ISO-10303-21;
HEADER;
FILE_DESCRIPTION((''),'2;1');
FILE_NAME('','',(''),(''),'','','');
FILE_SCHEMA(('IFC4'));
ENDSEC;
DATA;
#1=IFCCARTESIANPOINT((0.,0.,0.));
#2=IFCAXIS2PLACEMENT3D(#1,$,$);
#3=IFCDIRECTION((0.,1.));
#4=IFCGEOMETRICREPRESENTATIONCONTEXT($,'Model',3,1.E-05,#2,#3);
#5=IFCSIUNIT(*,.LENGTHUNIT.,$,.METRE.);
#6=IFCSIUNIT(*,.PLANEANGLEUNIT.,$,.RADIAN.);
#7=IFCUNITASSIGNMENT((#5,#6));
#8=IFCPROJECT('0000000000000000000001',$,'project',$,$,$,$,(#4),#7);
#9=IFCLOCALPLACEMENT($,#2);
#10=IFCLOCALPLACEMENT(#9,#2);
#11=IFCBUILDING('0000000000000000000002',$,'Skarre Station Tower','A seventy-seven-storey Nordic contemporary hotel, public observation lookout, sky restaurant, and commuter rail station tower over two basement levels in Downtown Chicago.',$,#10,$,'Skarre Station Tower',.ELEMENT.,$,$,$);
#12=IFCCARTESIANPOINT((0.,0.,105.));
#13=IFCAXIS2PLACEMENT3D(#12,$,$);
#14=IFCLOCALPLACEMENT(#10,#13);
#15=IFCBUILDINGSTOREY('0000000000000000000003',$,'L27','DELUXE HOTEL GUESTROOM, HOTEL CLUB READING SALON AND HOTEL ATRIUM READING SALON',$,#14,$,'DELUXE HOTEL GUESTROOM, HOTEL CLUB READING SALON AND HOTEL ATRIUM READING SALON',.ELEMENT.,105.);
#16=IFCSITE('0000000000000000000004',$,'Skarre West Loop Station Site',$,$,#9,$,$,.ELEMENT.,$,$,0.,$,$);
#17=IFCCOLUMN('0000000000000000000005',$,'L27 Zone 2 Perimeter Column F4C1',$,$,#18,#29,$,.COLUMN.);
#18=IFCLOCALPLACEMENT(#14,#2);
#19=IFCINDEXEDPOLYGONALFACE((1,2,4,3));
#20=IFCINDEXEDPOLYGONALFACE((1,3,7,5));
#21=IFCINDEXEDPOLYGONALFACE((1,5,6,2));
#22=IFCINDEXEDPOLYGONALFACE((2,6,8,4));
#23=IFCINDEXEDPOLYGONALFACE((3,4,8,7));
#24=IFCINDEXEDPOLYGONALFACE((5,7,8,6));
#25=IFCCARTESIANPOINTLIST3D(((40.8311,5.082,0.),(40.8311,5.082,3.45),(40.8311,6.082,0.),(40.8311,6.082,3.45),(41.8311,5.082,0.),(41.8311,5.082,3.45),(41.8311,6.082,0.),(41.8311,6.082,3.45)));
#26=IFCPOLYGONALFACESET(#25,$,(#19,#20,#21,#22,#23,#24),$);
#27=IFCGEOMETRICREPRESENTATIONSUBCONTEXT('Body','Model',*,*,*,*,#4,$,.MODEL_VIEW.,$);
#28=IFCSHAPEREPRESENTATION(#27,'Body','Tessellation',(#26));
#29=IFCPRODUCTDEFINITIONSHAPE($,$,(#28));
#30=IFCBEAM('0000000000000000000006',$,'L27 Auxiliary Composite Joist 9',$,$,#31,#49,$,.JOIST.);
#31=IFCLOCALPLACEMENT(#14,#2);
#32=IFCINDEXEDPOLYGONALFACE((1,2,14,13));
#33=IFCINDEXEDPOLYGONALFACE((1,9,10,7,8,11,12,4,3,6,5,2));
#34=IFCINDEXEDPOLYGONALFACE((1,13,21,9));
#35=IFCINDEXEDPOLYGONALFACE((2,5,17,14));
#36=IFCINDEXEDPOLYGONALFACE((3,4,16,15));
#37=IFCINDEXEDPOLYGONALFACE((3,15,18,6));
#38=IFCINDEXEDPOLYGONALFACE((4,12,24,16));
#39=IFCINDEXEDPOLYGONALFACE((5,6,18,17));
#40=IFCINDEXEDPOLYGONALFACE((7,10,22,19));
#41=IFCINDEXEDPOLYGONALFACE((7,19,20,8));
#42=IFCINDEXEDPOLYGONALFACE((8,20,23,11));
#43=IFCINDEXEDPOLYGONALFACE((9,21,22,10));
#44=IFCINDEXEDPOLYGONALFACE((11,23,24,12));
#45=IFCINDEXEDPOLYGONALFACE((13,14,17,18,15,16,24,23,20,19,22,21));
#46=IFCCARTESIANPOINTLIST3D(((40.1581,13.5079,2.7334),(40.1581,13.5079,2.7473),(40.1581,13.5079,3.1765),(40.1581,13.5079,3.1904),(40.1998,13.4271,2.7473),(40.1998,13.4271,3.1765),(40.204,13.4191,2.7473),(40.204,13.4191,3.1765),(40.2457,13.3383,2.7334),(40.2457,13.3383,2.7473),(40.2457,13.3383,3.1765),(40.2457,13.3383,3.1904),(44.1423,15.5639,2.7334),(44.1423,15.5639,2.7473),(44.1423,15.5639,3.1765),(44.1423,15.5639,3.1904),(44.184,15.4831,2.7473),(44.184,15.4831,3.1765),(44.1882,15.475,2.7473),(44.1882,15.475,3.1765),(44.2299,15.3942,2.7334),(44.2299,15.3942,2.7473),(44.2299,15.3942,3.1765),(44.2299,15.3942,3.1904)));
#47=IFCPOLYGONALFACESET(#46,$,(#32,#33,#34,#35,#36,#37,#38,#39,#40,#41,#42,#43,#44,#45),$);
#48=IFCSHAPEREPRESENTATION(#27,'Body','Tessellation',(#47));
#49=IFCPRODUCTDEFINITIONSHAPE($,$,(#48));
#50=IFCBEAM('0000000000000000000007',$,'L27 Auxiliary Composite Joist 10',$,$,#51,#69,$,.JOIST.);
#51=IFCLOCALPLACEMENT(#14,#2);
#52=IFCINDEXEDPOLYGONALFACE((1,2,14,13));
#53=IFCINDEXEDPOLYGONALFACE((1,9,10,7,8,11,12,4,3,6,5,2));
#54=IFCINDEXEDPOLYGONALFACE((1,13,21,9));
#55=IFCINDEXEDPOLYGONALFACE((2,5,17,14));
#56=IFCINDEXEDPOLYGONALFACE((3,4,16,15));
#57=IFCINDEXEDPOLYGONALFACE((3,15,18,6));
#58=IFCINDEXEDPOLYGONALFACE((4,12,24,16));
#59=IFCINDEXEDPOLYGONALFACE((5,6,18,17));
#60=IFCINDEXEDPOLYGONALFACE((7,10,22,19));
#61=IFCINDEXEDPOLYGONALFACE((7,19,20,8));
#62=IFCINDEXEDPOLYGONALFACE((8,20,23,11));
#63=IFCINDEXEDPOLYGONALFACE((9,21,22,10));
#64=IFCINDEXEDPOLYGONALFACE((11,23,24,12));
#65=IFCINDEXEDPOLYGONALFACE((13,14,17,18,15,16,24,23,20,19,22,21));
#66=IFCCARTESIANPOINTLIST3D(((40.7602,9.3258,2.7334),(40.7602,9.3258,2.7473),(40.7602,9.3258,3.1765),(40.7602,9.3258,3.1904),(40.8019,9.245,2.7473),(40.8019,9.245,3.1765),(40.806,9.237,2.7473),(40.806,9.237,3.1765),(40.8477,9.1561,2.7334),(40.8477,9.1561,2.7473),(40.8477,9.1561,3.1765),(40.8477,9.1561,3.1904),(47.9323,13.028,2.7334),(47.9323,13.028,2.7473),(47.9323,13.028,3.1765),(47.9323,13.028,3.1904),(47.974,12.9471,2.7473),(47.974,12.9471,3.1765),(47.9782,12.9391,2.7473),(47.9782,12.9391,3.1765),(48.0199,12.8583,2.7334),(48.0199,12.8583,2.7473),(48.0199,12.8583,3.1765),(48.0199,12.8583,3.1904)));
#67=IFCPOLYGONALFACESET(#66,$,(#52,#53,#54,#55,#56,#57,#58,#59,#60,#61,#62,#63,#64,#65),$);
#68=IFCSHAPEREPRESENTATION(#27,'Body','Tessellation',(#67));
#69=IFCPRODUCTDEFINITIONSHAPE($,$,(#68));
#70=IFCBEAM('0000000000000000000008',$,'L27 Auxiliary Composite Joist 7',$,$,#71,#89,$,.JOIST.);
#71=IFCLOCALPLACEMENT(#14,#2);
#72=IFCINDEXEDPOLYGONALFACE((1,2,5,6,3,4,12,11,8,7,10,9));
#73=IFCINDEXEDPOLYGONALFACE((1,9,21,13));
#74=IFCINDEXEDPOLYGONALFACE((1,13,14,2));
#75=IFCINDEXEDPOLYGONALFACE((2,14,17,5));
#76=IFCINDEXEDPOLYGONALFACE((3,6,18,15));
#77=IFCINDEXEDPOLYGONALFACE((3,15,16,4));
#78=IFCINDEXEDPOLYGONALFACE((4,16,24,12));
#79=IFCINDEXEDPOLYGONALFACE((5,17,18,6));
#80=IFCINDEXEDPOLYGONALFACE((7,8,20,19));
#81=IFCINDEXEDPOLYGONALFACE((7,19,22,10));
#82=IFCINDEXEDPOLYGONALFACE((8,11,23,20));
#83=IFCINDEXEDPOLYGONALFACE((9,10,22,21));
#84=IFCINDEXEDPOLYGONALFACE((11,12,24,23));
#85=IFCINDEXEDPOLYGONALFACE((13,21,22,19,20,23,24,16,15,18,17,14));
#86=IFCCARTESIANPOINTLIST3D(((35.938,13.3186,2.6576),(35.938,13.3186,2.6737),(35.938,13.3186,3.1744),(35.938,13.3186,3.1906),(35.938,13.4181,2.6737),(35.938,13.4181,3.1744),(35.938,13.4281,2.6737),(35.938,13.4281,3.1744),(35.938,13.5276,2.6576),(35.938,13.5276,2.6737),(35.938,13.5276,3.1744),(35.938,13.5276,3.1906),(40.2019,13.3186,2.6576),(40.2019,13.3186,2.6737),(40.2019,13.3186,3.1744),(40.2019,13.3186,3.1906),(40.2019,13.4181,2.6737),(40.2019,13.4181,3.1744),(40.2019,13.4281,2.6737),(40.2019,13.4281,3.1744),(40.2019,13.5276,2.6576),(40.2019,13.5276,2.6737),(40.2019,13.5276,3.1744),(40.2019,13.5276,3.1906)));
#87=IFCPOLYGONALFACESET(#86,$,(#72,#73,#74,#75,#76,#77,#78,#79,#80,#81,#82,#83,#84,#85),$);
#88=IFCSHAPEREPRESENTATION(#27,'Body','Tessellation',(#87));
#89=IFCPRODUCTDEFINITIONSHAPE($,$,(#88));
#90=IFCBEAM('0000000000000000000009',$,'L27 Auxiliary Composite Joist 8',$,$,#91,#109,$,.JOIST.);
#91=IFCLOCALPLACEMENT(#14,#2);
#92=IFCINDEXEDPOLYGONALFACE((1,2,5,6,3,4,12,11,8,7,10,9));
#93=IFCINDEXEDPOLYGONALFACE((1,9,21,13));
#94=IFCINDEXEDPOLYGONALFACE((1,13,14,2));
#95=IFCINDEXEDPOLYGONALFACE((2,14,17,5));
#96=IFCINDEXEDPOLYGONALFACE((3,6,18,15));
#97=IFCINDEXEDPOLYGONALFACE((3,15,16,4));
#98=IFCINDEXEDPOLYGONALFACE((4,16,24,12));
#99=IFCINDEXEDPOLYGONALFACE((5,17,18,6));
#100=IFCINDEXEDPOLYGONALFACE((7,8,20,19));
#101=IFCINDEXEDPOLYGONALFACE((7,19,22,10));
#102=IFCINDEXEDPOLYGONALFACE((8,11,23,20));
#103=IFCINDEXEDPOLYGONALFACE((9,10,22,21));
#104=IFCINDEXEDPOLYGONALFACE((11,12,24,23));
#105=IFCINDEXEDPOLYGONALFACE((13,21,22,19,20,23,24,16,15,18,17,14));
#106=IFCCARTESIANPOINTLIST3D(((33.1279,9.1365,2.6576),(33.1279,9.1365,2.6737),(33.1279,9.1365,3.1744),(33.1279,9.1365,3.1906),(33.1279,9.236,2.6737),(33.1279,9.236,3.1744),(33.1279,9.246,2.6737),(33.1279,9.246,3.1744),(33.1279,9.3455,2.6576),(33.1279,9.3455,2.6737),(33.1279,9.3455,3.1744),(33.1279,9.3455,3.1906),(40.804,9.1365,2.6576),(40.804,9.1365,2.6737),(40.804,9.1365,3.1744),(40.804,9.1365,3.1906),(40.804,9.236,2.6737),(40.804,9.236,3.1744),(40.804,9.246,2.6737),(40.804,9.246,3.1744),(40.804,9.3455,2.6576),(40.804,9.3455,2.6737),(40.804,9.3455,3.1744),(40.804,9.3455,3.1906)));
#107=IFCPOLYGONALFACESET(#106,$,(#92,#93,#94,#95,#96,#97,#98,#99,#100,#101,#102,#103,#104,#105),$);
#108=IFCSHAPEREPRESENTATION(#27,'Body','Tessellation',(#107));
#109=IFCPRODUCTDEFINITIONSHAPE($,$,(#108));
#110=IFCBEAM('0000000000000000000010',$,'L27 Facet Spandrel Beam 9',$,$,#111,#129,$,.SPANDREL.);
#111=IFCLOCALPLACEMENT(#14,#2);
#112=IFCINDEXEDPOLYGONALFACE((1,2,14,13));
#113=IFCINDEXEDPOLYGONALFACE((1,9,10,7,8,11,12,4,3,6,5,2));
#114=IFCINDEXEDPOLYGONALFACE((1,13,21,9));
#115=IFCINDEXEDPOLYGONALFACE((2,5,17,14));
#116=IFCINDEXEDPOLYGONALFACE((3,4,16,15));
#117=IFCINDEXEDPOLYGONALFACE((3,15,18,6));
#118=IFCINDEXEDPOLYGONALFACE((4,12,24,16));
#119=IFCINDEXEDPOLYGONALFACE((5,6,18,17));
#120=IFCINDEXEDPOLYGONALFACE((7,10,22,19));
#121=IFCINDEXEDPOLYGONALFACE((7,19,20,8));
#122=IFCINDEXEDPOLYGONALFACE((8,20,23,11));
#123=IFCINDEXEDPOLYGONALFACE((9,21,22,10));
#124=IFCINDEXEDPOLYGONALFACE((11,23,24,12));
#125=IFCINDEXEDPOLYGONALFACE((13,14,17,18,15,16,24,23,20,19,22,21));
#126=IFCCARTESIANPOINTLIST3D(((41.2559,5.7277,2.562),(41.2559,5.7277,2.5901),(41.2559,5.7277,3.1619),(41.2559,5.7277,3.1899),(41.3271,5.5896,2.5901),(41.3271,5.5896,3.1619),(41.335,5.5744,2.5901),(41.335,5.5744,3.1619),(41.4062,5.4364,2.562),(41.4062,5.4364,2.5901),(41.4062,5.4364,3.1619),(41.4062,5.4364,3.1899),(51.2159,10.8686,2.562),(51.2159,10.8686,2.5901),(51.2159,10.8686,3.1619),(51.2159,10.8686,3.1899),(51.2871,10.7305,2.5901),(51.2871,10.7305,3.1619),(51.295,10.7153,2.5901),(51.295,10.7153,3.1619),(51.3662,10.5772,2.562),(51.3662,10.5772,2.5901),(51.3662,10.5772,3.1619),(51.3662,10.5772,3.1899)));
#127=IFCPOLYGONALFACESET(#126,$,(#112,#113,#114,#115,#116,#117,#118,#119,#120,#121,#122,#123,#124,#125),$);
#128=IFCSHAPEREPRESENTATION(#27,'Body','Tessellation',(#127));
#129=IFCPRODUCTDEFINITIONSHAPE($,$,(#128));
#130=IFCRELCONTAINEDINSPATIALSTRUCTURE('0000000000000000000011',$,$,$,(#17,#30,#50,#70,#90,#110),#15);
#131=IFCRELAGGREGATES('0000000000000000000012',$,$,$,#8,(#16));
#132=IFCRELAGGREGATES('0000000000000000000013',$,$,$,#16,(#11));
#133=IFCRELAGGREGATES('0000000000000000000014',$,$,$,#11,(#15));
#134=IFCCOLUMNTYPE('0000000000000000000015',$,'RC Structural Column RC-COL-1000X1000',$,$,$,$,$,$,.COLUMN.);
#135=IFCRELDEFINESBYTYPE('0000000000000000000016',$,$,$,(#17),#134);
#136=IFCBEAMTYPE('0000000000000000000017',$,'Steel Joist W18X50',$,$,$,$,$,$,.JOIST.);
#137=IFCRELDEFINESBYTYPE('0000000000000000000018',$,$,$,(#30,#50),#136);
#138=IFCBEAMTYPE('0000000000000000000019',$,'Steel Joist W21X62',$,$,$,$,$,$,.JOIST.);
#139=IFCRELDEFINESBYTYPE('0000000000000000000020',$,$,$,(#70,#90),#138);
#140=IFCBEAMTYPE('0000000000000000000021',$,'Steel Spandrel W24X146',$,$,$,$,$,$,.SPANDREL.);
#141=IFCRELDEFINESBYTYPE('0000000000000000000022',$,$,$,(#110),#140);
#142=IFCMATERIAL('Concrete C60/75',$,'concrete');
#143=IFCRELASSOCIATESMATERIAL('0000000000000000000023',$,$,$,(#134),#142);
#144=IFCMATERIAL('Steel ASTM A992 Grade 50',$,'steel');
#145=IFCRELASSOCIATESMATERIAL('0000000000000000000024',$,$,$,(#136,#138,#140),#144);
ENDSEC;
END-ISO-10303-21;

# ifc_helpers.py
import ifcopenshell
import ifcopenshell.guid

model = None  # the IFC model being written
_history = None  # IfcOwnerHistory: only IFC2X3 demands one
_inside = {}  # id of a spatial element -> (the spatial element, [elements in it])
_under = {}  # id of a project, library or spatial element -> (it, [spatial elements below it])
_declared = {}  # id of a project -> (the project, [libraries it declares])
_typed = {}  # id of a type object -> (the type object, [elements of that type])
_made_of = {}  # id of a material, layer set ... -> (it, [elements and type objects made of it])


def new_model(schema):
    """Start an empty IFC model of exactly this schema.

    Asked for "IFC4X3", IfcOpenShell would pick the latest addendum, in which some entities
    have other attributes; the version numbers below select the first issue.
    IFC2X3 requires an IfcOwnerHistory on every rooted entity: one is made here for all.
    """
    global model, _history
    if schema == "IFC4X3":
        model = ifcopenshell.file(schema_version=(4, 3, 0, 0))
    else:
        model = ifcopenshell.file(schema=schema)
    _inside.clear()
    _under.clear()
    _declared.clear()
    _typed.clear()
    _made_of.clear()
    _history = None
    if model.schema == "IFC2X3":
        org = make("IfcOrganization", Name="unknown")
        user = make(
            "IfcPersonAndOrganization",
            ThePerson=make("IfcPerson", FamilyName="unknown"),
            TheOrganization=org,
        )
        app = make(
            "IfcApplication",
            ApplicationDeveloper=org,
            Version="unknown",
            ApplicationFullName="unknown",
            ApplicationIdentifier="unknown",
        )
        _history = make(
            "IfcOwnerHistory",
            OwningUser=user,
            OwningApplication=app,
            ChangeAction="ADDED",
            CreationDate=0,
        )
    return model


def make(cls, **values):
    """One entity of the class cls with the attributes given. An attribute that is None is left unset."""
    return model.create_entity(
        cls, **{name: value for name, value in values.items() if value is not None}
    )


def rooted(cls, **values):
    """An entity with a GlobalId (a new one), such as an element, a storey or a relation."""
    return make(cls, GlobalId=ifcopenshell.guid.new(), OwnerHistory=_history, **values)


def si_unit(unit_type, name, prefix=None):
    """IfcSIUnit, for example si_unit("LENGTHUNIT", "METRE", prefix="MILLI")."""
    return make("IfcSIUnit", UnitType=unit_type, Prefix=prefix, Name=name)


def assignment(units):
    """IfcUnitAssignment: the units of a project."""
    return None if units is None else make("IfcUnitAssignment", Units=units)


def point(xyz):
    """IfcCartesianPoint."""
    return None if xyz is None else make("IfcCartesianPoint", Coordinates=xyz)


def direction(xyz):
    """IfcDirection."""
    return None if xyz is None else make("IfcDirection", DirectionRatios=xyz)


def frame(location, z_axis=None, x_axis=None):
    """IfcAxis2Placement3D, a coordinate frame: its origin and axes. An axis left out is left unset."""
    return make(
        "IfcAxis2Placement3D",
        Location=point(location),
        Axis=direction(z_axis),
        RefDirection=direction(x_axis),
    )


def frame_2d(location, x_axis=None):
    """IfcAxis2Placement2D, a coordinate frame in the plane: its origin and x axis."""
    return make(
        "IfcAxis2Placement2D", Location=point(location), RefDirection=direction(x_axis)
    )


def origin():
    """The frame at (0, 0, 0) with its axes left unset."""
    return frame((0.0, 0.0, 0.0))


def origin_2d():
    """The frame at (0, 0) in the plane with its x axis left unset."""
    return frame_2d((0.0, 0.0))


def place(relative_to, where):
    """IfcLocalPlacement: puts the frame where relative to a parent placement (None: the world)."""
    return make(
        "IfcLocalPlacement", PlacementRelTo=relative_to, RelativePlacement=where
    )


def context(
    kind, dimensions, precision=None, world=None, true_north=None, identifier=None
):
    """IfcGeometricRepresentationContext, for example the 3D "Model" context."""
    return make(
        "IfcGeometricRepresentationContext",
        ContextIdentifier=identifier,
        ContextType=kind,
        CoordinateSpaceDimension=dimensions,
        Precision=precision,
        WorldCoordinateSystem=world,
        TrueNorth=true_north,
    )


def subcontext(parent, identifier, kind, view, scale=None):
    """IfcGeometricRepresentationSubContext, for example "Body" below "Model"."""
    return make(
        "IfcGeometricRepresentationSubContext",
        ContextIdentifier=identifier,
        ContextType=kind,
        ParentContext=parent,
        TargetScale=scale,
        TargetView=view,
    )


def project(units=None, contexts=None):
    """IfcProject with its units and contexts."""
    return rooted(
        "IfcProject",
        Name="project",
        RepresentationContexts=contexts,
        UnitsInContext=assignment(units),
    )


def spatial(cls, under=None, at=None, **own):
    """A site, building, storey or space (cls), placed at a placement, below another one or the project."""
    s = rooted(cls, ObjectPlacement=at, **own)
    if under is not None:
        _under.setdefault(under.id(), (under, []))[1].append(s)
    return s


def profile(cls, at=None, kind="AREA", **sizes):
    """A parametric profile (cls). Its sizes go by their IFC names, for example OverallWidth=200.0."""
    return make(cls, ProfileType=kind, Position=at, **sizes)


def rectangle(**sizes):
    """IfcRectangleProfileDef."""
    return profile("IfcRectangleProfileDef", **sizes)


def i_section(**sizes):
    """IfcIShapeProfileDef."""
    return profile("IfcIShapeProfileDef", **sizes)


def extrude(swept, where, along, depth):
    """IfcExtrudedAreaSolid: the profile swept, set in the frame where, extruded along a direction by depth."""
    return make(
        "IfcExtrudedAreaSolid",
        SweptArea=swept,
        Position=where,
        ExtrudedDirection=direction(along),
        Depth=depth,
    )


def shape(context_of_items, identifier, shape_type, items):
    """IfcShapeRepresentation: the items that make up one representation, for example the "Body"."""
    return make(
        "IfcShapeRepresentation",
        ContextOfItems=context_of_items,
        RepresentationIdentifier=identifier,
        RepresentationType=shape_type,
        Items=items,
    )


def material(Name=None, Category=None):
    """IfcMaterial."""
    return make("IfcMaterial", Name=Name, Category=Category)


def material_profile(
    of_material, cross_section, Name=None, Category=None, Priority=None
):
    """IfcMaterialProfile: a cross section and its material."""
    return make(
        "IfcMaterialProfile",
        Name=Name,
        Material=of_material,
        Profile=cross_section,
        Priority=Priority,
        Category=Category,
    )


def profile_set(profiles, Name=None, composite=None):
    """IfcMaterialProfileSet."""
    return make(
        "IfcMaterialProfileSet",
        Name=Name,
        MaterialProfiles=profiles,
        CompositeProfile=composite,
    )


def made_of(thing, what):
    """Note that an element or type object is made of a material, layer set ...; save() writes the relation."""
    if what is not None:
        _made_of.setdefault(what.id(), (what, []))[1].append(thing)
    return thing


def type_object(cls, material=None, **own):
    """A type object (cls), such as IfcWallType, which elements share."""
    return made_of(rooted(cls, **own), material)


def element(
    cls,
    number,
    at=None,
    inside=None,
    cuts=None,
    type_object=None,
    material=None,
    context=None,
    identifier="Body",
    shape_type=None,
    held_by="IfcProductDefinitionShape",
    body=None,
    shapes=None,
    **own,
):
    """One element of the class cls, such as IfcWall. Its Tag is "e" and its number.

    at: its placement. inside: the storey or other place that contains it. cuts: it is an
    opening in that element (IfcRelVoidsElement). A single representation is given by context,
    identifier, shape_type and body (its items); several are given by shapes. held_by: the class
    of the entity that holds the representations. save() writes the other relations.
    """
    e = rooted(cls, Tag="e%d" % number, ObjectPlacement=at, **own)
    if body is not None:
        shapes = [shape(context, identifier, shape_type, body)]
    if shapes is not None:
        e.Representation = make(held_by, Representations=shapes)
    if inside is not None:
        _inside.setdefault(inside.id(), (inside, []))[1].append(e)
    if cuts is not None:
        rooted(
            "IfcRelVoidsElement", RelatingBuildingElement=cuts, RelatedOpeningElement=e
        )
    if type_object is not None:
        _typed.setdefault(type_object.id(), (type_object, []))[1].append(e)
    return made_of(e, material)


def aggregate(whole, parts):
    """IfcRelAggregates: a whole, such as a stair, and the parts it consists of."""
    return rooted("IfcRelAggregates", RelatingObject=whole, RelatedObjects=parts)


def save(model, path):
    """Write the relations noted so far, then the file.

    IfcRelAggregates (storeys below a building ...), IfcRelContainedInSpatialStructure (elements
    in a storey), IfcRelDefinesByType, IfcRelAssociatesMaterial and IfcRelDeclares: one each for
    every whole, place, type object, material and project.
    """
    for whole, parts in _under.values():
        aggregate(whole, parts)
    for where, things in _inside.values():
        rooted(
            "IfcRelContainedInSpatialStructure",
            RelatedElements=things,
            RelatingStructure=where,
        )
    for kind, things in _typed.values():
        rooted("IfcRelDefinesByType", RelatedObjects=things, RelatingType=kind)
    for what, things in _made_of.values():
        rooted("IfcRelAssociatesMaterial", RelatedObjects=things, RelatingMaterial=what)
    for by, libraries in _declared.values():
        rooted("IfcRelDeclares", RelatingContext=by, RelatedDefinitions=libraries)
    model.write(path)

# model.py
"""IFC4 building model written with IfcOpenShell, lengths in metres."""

from ifc_helpers import new_model, si_unit, direction, frame, origin, origin_2d, place, context, subcontext, project, spatial, rectangle, i_section, extrude, material, material_profile, profile_set, type_object, element, save


model = new_model("IFC4")

# Units and contexts
model_context = context("Model", 3, precision=1e-05, world=origin(), true_north=direction((0.0, 1.0)))
body_context = subcontext(model_context, "Body", "Model", "MODEL_VIEW")
ifc_project = project(units=[si_unit("LENGTHUNIT", "METRE"), si_unit("PLANEANGLEUNIT", "RADIAN")], contexts=[model_context])

# Site, building, storey
site_placement = place(None, origin())
site = spatial("IfcSite", under=ifc_project, at=site_placement, Name="Skarre West Loop Station Site", CompositionType="ELEMENT", RefElevation=0.0)
building_placement = place(site_placement, origin())
building = spatial("IfcBuilding", under=site, at=building_placement, Name="Skarre Station Tower", Description="A seventy-seven-storey Nordic contemporary hotel, public observation lookout, sky restaurant, and commuter rail station tower over two basement levels in Downtown Chicago.", LongName="Skarre Station Tower", CompositionType="ELEMENT")
storey_placement = place(building_placement, frame((0.0, 0.0, 105.0)))
storey = spatial("IfcBuildingStorey", under=building, at=storey_placement, Name="L27", Description="DELUXE HOTEL GUESTROOM, HOTEL CLUB READING SALON AND HOTEL ATRIUM READING SALON", LongName="DELUXE HOTEL GUESTROOM, HOTEL CLUB READING SALON AND HOTEL ATRIUM READING SALON", CompositionType="ELEMENT", Elevation=105.0)

# Column
ifc_material_1 = material(Name="Concrete C60/75", Category="concrete")
ifc_material_profile_1 = material_profile(ifc_material_1, rectangle(XDim=1.0, YDim=1.0, at=origin_2d()), Name="Concrete C60/75")
ifc_profile_set_1 = profile_set([ifc_material_profile_1], Name="Concrete C60/75")
column_type = type_object("IfcColumnType", Name="RC Structural Column RC-COL-1000X1000", PredefinedType="COLUMN", material=ifc_profile_set_1)
column_placement = place(storey_placement, frame((41.3311, 5.582, 0.0), z_axis=(0.0, 0.0, 1.0), x_axis=(1.0, 0.0, 0.0)))
element("IfcColumn", 1, at=column_placement, inside=storey, type_object=column_type, Name="L27 Zone 2 Perimeter Column F4C1", PredefinedType="COLUMN", context=body_context, shape_type="SweptSolid", body=[
    extrude(rectangle(XDim=1.0, YDim=1.0, at=origin_2d()), origin(), (0.0, 0.0, 1.0), 3.45),
])

# Beams
ifc_material_2 = material(Name="Steel ASTM A992 Grade 50", Category="steel")
ifc_material_profile_2 = material_profile(ifc_material_2, i_section(OverallWidth=0.1909, OverallDepth=0.457, WebThickness=0.009, FlangeThickness=0.0139, at=origin_2d()), Name="Steel ASTM A992 Grade 50")
ifc_profile_set_2 = profile_set([ifc_material_profile_2], Name="Steel ASTM A992 Grade 50")
beam_type_1 = type_object("IfcBeamType", Name="Steel Joist W18X50", PredefinedType="JOIST", material=ifc_profile_set_2)
beam_1_placement = place(storey_placement, frame((40.2019, 13.4231, 2.9619), z_axis=(0.888659, 0.458569, 0.0), x_axis=(-0.458569, 0.888659, 0.0)))
element("IfcBeam", 2, at=beam_1_placement, inside=storey, type_object=beam_type_1, Name="L27 Auxiliary Composite Joist 9", PredefinedType="JOIST", context=body_context, shape_type="SweptSolid", body=[
    extrude(i_section(OverallWidth=0.1909, OverallDepth=0.457, WebThickness=0.009, FlangeThickness=0.0139, at=origin_2d()), origin(), (0.0, 0.0, 1.0), 4.4834),
])
beam_2_placement = place(storey_placement, frame((40.804, 9.241, 2.9619), z_axis=(0.8886, 0.458683, 0.0), x_axis=(-0.458683, 0.8886, 0.0)))
element("IfcBeam", 3, at=beam_2_placement, inside=storey, type_object=beam_type_1, Name="L27 Auxiliary Composite Joist 10", PredefinedType="JOIST", context=body_context, shape_type="SweptSolid", body=[
    extrude(i_section(OverallWidth=0.1909, OverallDepth=0.457, WebThickness=0.009, FlangeThickness=0.0139, at=origin_2d()), origin(), (0.0, 0.0, 1.0), 8.0713),
])
ifc_material_profile_3 = material_profile(ifc_material_2, i_section(OverallWidth=0.209, OverallDepth=0.533, WebThickness=0.01, FlangeThickness=0.0161, at=origin_2d()), Name="Steel ASTM A992 Grade 50")
ifc_profile_set_3 = profile_set([ifc_material_profile_3], Name="Steel ASTM A992 Grade 50")
beam_type_2 = type_object("IfcBeamType", Name="Steel Joist W21X62", PredefinedType="JOIST", material=ifc_profile_set_3)
beam_3_placement = place(storey_placement, frame((35.938, 13.4231, 2.9241), z_axis=(1.0, 0.0, 0.0), x_axis=(0.0, 1.0, 0.0)))
element("IfcBeam", 4, at=beam_3_placement, inside=storey, type_object=beam_type_2, Name="L27 Auxiliary Composite Joist 7", PredefinedType="JOIST", context=body_context, shape_type="SweptSolid", body=[
    extrude(i_section(OverallWidth=0.209, OverallDepth=0.533, WebThickness=0.01, FlangeThickness=0.0161, at=origin_2d()), origin(), (0.0, 0.0, 1.0), 4.2639),
])
beam_4_placement = place(storey_placement, frame((33.1279, 9.241, 2.9241), z_axis=(1.0, 0.0, 0.0), x_axis=(0.0, 1.0, 0.0)))
element("IfcBeam", 5, at=beam_4_placement, inside=storey, type_object=beam_type_2, Name="L27 Auxiliary Composite Joist 8", PredefinedType="JOIST", context=body_context, shape_type="SweptSolid", body=[
    extrude(i_section(OverallWidth=0.209, OverallDepth=0.533, WebThickness=0.01, FlangeThickness=0.0161, at=origin_2d()), origin(), (0.0, 0.0, 1.0), 7.676),
])
ifc_material_profile_4 = material_profile(ifc_material_2, i_section(OverallWidth=0.3279, OverallDepth=0.6279, WebThickness=0.0171, FlangeThickness=0.0281, at=origin_2d()), Name="Steel ASTM A992 Grade 50")
ifc_profile_set_4 = profile_set([ifc_material_profile_4], Name="Steel ASTM A992 Grade 50")
beam_type_3 = type_object("IfcBeamType", Name="Steel Spandrel W24X146", PredefinedType="SPANDREL", material=ifc_profile_set_4)
beam_5_placement = place(storey_placement, frame((41.3311, 5.582, 2.876), z_axis=(0.888612, 0.45866, 0.0), x_axis=(-0.45866, 0.888612, 0.0)))
element("IfcBeam", 6, at=beam_5_placement, inside=storey, type_object=beam_type_3, Name="L27 Facet Spandrel Beam 9", PredefinedType="SPANDREL", context=body_context, shape_type="SweptSolid", body=[
    extrude(i_section(OverallWidth=0.3279, OverallDepth=0.6279, WebThickness=0.0171, FlangeThickness=0.0281, at=origin_2d()), origin(), (0.0, 0.0, 1.0), 11.2085),
])

save(model, "model.ifc")
